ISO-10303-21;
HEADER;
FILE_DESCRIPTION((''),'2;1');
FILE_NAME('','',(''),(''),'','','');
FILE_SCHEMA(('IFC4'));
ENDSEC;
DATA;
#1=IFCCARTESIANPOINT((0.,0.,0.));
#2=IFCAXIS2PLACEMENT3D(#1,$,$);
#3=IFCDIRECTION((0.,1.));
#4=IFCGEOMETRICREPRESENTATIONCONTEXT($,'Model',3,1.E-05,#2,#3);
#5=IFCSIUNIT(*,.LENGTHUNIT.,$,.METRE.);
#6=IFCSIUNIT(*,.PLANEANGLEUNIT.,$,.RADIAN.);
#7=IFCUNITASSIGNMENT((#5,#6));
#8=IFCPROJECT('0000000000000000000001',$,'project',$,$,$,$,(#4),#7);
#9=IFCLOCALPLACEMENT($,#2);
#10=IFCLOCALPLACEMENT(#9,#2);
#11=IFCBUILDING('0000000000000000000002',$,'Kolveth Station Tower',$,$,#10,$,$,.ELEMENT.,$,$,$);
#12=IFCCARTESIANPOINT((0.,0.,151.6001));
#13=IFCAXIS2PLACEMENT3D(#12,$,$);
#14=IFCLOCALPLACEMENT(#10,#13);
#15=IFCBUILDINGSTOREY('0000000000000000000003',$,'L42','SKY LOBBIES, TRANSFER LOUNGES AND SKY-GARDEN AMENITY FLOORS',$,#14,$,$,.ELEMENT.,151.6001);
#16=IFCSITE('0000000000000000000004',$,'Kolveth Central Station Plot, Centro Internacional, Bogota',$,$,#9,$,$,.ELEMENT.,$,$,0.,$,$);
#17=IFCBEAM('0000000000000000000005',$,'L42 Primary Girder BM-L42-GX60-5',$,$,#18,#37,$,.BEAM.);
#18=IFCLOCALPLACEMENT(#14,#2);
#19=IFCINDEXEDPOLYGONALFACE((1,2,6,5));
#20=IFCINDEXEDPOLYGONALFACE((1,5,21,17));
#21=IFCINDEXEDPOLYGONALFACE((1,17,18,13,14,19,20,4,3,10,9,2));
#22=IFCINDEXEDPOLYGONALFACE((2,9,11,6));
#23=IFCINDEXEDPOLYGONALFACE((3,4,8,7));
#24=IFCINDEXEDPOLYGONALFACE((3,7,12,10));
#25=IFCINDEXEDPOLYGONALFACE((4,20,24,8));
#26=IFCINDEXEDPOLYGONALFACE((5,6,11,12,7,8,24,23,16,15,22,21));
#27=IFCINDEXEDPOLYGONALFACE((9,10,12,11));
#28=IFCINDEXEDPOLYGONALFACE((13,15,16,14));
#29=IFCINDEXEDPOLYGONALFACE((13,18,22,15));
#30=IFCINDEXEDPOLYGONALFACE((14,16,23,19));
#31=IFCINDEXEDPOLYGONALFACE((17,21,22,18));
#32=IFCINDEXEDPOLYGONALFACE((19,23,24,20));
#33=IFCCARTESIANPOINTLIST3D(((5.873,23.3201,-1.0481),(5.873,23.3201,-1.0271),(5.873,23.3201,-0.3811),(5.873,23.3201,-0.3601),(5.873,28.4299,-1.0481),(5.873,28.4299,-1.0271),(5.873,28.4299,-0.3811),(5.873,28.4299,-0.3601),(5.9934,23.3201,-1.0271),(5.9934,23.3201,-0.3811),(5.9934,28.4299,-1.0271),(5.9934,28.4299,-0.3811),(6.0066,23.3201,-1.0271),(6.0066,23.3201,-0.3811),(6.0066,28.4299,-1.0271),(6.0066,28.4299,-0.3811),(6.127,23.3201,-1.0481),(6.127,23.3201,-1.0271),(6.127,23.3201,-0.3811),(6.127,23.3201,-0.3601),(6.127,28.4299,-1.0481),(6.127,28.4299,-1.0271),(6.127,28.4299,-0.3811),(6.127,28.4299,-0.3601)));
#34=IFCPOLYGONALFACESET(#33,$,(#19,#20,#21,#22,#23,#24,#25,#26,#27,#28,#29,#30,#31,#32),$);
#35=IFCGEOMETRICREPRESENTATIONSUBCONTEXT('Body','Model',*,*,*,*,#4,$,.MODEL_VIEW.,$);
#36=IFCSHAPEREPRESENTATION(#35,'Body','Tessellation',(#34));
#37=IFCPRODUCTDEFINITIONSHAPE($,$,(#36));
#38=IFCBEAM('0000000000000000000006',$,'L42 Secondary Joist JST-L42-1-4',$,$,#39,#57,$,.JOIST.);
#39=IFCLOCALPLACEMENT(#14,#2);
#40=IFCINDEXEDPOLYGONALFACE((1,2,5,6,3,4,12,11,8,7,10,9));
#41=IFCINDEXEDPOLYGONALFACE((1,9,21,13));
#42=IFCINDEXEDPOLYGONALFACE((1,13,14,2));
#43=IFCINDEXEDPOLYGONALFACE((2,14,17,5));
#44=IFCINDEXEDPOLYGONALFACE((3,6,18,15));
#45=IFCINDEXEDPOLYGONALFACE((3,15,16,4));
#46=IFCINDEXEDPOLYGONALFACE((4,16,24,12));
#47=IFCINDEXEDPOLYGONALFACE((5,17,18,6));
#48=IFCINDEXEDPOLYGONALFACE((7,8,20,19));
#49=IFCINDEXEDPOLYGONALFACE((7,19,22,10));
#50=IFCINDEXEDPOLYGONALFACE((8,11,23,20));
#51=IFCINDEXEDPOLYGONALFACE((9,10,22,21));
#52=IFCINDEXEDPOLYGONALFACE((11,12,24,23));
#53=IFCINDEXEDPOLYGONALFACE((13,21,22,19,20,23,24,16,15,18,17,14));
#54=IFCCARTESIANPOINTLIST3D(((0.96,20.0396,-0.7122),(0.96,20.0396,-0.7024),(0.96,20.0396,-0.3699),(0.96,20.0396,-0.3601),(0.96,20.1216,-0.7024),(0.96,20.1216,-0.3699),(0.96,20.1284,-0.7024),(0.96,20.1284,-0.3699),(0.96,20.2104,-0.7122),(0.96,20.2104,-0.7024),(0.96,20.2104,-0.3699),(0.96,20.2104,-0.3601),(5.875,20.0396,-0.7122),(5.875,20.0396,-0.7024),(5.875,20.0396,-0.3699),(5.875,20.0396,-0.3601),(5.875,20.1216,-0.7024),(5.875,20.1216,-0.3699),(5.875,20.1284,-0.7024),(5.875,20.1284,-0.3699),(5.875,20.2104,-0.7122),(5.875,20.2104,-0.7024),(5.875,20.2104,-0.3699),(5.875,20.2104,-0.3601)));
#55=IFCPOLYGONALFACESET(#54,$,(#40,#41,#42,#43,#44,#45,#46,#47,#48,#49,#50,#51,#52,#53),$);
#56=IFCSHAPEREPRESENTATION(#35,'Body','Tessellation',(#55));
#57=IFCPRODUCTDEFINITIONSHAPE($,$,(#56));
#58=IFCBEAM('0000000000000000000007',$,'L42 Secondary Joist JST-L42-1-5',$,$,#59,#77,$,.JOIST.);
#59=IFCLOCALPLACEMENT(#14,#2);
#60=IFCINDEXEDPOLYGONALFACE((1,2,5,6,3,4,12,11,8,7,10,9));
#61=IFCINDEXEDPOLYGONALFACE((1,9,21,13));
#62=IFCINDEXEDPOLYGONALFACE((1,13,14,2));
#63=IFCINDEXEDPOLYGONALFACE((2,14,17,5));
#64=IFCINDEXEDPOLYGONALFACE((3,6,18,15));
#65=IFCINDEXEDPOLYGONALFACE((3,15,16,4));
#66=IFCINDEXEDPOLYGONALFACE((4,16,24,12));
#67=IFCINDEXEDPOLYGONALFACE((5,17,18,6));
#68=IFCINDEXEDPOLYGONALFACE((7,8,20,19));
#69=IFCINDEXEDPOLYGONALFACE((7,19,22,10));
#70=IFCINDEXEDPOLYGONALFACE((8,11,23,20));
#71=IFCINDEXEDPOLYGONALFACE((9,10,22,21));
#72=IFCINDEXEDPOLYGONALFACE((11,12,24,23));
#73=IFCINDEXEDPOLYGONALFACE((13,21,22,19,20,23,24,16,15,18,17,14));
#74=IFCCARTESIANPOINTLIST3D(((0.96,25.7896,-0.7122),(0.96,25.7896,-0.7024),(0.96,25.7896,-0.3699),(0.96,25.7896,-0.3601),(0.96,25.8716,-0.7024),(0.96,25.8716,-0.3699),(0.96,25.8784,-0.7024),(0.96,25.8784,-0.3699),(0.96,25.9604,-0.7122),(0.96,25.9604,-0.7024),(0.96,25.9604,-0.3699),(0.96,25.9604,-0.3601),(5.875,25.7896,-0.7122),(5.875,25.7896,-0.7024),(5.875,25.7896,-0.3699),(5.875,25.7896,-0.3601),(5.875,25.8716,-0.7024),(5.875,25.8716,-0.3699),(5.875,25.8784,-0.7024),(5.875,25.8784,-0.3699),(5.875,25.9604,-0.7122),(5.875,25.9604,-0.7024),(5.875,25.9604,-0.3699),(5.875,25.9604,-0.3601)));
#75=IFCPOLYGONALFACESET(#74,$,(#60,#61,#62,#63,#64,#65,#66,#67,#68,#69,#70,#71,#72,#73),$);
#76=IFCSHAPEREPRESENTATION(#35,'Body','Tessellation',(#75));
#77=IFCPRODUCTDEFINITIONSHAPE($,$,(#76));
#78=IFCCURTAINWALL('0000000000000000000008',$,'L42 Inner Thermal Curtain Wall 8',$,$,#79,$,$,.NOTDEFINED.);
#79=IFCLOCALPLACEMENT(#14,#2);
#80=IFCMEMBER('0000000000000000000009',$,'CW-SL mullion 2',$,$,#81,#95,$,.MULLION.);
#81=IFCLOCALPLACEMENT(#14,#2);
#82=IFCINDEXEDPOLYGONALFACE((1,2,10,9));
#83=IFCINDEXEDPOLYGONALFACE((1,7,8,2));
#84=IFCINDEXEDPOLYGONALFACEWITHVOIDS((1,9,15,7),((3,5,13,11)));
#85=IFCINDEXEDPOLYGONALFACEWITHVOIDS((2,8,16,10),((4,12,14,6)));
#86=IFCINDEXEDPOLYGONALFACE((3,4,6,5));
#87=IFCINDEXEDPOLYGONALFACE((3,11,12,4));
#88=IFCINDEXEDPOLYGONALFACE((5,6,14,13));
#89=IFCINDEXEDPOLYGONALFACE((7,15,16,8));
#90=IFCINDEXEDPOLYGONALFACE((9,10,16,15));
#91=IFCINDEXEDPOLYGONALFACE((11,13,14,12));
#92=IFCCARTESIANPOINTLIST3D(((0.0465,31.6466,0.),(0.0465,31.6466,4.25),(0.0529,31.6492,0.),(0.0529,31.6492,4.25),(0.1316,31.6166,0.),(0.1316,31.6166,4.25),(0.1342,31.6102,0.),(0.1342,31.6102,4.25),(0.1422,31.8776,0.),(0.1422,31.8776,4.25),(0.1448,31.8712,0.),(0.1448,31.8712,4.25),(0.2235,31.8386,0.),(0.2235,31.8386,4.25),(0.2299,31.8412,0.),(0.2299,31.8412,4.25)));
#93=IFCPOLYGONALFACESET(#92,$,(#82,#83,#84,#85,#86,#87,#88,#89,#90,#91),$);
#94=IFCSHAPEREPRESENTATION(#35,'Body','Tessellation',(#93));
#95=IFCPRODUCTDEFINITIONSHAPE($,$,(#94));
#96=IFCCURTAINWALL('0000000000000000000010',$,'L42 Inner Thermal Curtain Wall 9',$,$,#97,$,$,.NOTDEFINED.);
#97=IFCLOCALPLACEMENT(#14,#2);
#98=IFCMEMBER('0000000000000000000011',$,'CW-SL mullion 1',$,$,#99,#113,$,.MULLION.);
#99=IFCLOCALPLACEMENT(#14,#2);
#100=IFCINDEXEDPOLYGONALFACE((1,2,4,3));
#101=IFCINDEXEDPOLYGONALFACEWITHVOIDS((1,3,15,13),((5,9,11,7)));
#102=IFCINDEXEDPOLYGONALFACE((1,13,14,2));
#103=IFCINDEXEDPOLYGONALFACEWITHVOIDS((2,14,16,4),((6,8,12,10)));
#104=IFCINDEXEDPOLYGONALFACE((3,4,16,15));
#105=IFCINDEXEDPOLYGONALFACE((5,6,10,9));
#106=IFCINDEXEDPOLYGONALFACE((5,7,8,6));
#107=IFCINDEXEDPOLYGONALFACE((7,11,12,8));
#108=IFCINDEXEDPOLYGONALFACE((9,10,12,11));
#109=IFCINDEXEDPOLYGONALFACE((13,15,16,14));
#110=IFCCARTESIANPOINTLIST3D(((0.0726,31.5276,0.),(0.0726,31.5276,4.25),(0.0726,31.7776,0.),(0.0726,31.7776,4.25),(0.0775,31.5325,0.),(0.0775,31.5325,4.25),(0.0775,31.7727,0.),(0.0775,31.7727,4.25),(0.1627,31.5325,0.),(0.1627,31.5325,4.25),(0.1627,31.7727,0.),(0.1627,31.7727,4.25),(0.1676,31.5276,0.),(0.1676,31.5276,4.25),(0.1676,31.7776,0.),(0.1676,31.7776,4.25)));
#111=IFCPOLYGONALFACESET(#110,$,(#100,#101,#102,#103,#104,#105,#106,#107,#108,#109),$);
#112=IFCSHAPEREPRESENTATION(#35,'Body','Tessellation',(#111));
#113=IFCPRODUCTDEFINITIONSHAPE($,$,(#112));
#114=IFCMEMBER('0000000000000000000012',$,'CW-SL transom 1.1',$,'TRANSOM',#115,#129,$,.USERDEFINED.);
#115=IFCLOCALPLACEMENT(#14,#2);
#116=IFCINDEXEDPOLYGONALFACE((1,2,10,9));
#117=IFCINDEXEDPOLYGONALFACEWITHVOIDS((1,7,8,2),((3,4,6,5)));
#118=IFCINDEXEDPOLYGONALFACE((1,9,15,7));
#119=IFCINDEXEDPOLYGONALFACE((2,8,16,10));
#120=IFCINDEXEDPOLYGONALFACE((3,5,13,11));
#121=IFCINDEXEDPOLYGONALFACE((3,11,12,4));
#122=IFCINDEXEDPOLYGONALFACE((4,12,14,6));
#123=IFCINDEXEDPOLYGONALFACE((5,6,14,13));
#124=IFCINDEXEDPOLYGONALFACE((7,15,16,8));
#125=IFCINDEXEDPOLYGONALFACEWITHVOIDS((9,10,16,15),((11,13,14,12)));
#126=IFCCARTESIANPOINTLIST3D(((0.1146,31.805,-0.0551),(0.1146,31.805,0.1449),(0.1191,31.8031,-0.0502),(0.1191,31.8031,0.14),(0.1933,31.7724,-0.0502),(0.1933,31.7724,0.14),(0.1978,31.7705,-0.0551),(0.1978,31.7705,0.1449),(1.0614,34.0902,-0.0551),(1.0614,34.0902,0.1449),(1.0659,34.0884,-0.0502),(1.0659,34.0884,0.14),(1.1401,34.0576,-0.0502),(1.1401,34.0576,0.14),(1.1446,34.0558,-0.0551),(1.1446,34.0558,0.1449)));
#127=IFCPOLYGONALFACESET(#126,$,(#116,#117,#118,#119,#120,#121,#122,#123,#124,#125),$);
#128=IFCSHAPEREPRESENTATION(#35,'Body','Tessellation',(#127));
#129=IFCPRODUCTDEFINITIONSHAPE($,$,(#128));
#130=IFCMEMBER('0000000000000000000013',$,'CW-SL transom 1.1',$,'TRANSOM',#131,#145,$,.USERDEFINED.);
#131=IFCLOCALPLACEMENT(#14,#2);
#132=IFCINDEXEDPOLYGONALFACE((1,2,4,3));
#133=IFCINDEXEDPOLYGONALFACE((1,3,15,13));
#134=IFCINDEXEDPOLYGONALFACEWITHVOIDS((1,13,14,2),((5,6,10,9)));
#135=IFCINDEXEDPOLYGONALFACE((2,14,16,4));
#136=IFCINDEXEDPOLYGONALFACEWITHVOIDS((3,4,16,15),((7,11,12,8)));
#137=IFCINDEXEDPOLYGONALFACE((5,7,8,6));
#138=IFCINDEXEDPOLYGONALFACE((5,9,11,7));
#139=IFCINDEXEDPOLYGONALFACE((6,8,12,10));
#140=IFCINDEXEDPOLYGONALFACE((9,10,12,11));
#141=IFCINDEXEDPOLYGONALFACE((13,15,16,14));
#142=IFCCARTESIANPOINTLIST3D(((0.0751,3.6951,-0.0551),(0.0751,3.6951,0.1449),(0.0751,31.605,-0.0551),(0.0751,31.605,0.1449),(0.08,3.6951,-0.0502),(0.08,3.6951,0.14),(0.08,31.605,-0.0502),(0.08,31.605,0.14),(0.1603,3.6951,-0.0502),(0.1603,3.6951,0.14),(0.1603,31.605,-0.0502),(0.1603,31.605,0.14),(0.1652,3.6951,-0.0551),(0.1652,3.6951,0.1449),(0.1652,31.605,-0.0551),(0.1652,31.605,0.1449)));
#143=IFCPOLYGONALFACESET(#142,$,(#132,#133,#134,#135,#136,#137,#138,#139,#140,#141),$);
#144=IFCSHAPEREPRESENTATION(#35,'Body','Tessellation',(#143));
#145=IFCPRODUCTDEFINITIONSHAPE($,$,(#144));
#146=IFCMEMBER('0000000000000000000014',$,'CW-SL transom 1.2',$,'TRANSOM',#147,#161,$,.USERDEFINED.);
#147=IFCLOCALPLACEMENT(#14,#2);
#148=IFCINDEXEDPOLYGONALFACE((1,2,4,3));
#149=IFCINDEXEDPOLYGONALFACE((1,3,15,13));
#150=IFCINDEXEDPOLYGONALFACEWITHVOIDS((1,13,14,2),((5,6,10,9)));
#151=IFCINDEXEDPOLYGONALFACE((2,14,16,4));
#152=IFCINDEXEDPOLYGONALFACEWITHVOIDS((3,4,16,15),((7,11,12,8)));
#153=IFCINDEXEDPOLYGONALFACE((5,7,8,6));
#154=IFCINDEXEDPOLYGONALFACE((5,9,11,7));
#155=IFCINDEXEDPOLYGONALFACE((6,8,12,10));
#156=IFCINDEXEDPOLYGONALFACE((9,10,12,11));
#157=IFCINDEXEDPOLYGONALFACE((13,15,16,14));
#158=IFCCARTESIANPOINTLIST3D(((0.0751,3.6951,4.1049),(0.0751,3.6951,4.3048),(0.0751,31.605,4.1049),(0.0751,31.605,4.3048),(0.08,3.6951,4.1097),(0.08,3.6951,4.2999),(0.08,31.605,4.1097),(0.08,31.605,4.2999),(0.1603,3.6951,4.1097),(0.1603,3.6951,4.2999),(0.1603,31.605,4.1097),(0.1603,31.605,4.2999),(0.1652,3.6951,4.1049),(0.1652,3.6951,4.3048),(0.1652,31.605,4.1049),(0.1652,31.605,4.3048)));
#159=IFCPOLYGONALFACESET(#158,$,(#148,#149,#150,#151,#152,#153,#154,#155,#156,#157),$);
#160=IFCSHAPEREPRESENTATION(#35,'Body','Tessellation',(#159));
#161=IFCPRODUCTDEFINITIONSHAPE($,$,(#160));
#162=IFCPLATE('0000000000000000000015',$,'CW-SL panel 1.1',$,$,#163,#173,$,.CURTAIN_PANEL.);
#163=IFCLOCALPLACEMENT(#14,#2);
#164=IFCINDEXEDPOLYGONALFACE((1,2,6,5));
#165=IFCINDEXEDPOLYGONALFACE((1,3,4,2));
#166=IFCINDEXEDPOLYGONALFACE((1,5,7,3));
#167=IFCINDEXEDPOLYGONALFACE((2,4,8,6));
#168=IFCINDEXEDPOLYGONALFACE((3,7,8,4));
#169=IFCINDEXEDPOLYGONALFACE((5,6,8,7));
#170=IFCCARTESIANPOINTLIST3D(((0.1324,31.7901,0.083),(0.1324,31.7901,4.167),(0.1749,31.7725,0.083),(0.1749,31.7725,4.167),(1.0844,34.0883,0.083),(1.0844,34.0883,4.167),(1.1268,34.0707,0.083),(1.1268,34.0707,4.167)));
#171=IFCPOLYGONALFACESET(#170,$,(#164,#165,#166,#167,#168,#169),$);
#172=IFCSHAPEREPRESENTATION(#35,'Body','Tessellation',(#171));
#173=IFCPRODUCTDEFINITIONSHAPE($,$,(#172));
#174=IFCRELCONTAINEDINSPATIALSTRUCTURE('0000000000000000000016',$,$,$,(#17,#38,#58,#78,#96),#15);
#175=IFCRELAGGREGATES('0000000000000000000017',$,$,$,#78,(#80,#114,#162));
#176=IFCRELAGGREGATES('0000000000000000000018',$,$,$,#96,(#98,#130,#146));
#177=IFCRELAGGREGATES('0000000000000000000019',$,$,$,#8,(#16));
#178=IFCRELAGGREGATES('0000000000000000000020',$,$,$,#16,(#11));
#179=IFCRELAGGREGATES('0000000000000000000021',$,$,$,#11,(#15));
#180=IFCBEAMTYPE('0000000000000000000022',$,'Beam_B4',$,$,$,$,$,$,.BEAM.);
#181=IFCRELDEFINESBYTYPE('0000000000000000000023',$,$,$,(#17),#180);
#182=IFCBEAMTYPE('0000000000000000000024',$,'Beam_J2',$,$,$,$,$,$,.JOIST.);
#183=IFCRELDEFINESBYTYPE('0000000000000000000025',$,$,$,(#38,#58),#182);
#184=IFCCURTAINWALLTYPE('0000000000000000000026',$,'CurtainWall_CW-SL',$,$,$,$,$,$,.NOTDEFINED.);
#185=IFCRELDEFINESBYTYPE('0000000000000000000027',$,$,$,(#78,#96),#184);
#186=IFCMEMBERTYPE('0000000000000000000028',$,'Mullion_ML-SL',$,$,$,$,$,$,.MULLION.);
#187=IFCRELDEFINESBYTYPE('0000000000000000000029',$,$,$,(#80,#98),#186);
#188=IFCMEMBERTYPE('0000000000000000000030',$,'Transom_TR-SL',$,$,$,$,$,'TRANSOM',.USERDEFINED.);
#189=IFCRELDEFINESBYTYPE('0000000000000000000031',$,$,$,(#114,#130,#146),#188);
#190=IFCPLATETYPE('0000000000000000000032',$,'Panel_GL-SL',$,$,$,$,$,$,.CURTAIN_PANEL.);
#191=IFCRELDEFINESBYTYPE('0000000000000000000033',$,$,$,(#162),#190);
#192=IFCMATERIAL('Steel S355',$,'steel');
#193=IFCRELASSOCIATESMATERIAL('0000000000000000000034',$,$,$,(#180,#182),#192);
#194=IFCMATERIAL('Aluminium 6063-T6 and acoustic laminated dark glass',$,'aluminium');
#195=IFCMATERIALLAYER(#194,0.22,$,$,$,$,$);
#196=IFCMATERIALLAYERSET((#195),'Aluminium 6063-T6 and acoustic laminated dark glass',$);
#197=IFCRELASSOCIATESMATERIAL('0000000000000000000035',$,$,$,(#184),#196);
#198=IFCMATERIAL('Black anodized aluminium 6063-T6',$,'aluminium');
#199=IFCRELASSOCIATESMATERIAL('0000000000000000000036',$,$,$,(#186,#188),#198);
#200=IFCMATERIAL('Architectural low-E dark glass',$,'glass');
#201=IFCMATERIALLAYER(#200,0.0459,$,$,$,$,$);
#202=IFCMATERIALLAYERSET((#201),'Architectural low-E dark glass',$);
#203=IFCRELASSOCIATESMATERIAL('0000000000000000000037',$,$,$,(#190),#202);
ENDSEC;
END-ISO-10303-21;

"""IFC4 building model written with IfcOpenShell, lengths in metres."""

from ifc_helpers import new_model, si_unit, direction, frame, origin, origin_2d, place, context, subcontext, project, spatial, rectangle, hollow_rectangle, i_section, extrude, source, transform, mapped, material, layer, layer_set, material_profile, profile_set, type_object, element, aggregate, save


model = new_model("IFC4")

# Units and contexts
model_context = context("Model", 3, precision=1e-05, world=origin(), true_north=direction((0.0, 1.0)))
body_context = subcontext(model_context, "Body", "Model", "MODEL_VIEW")
ifc_project = project(units=[si_unit("LENGTHUNIT", "METRE"), si_unit("PLANEANGLEUNIT", "RADIAN")], contexts=[model_context])

# Site, building, storey
site_placement = place(None, origin())
site = spatial("IfcSite", under=ifc_project, at=site_placement, Name="Kolveth Central Station Plot, Centro Internacional, Bogota", CompositionType="ELEMENT", RefElevation=0.0)
building_placement = place(site_placement, origin())
building = spatial("IfcBuilding", under=site, at=building_placement, Name="Kolveth Station Tower", CompositionType="ELEMENT")
storey_placement = place(building_placement, frame((0.0, 0.0, 151.6001)))
storey = spatial("IfcBuildingStorey", under=building, at=storey_placement, Name="L42", Description="SKY LOBBIES, TRANSFER LOUNGES AND SKY-GARDEN AMENITY FLOORS", CompositionType="ELEMENT", Elevation=151.6001)

# Shared definitions
ifc_material_1 = material(Name="Steel S355", Category="steel")

# Beams
ifc_material_profile_1 = material_profile(ifc_material_1, i_section(OverallWidth=0.2539, OverallDepth=0.688, WebThickness=0.0132, FlangeThickness=0.021, at=origin_2d()), Name="W690x152")
ifc_profile_set_1 = profile_set([ifc_material_profile_1], Name="Steel S355")
beam_type_1 = type_object("IfcBeamType", Name="Beam_B4", PredefinedType="BEAM", material=ifc_profile_set_1)
shared_shape_1 = source(origin(), body_context, "Body", "SweptSolid", [
    extrude(i_section(OverallWidth=0.2539, OverallDepth=0.688, WebThickness=0.0132, FlangeThickness=0.021, at=origin_2d()), origin(), (0.0, 0.0, 1.0), 5.1099),
])
for number, where, z_axis, x_axis, name in (
    (1, (6.0, 23.3201, -0.7041), (0.0, 1.0, 0.0), (-1.0, 0.0, 0.0), "L42 Primary Girder BM-L42-GX60-5"),
):
    element("IfcBeam", number, at=place(storey_placement, frame(where, z_axis=z_axis, x_axis=x_axis)), inside=storey, type_object=beam_type_1, Name=name, PredefinedType="BEAM", context=body_context, shape_type="MappedRepresentation", body=[
        mapped(shared_shape_1, transform((0.0, 0.0, 0.0), x_axis=(1.0, 0.0, 0.0), y_axis=(0.0, 1.0, 0.0), z_axis=(0.0, 0.0, 1.0), scale=1.0)),
    ])
ifc_material_profile_2 = material_profile(ifc_material_1, i_section(OverallWidth=0.1709, OverallDepth=0.3521, WebThickness=0.0068, FlangeThickness=0.0098, at=origin_2d()), Name="W360x44")
ifc_profile_set_2 = profile_set([ifc_material_profile_2], Name="Steel S355")
beam_type_2 = type_object("IfcBeamType", Name="Beam_J2", PredefinedType="JOIST", material=ifc_profile_set_2)
shared_shape_2 = source(origin(), body_context, "Body", "SweptSolid", [
    extrude(i_section(OverallWidth=0.1709, OverallDepth=0.3521, WebThickness=0.0068, FlangeThickness=0.0098, at=origin_2d()), origin(), (0.0, 0.0, 1.0), 4.915),
])
for number, where, z_axis, x_axis, name in (
    (2, (0.96, 20.125, -0.5361), (1.0, 0.0, 0.0), (0.0, 1.0, 0.0), "L42 Secondary Joist JST-L42-1-4"),
    (3, (0.96, 25.875, -0.5361), (1.0, 0.0, 0.0), (0.0, 1.0, 0.0), "L42 Secondary Joist JST-L42-1-5"),
):
    element("IfcBeam", number, at=place(storey_placement, frame(where, z_axis=z_axis, x_axis=x_axis)), inside=storey, type_object=beam_type_2, Name=name, PredefinedType="JOIST", context=body_context, shape_type="MappedRepresentation", body=[
        mapped(shared_shape_2, transform((0.0, 0.0, 0.0), x_axis=(1.0, 0.0, 0.0), y_axis=(0.0, 1.0, 0.0), z_axis=(0.0, 0.0, 1.0), scale=1.0)),
    ])

# Curtain walls, members
ifc_material_2 = material(Name="Aluminium 6063-T6 and acoustic laminated dark glass", Category="aluminium")
ifc_layer_1 = layer(ifc_material_2, 0.22)
ifc_layer_set_1 = layer_set([ifc_layer_1], Name="Aluminium 6063-T6 and acoustic laminated dark glass")
curtain_wall_type_1 = type_object("IfcCurtainWallType", Name="CurtainWall_CW-SL", PredefinedType="NOTDEFINED", material=ifc_layer_set_1)
curtain_wall_1_placement = place(storey_placement, origin())
curtain_wall_1 = element("IfcCurtainWall", 4, at=curtain_wall_1_placement, inside=storey, type_object=curtain_wall_type_1, Name="L42 Inner Thermal Curtain Wall 8", PredefinedType="NOTDEFINED")
ifc_material_3 = material(Name="Black anodized aluminium 6063-T6", Category="aluminium")
ifc_material_profile_3 = material_profile(ifc_material_3, hollow_rectangle(XDim=0.095, YDim=0.25, WallThickness=0.0049, at=origin_2d()), Name="ALU-95x250x5")
ifc_profile_set_3 = profile_set([ifc_material_profile_3], Name="Black anodized aluminium 6063-T6")
member_type_1 = type_object("IfcMemberType", Name="Mullion_ML-SL", PredefinedType="MULLION", material=ifc_profile_set_3)
shared_shape_3 = source(origin(), body_context, "Body", "SweptSolid", [
    extrude(hollow_rectangle(XDim=0.095, YDim=0.25, WallThickness=0.0049, at=origin_2d()), origin(), (0.0, 0.0, 1.0), 4.25),
])
member_1_placement = place(storey_placement, frame((0.1382, 31.7439, 0.0), z_axis=(0.0, 0.0, 1.0), x_axis=(0.923874, -0.382698, 0.0)))
member_1 = element("IfcMember", 5, at=member_1_placement, type_object=member_type_1, Name="CW-SL mullion 2", PredefinedType="MULLION", context=body_context, shape_type="MappedRepresentation", body=[
    mapped(shared_shape_3, transform((0.0, 0.0, 0.0), x_axis=(1.0, 0.0, 0.0), y_axis=(0.0, 1.0, 0.0), z_axis=(0.0, 0.0, 1.0), scale=1.0)),
])
curtain_wall_2_placement = place(storey_placement, origin())
curtain_wall_2 = element("IfcCurtainWall", 6, at=curtain_wall_2_placement, inside=storey, type_object=curtain_wall_type_1, Name="L42 Inner Thermal Curtain Wall 9", PredefinedType="NOTDEFINED")
member_2_placement = place(storey_placement, frame((0.1201, 31.6526, 0.0), z_axis=(0.0, 0.0, 1.0), x_axis=(1.0, 0.0, 0.0)))
member_2 = element("IfcMember", 7, at=member_2_placement, type_object=member_type_1, Name="CW-SL mullion 1", PredefinedType="MULLION", context=body_context, shape_type="MappedRepresentation", body=[
    mapped(shared_shape_3, transform((0.0, 0.0, 0.0), x_axis=(1.0, 0.0, 0.0), y_axis=(0.0, 1.0, 0.0), z_axis=(0.0, 0.0, 1.0), scale=1.0)),
])

# Members
ifc_material_profile_4 = material_profile(ifc_material_3, hollow_rectangle(XDim=0.0901, YDim=0.2, WallThickness=0.0049, at=origin_2d()), Name="ALU-90x200x5")
ifc_profile_set_4 = profile_set([ifc_material_profile_4], Name="Black anodized aluminium 6063-T6")
member_type_2 = type_object("IfcMemberType", Name="Transom_TR-SL", ElementType="TRANSOM", PredefinedType="USERDEFINED", material=ifc_profile_set_4)
shared_shape_4 = source(origin(), body_context, "Body", "SweptSolid", [
    extrude(hollow_rectangle(XDim=0.0901, YDim=0.2, WallThickness=0.0049, at=origin_2d()), origin(), (0.0, 0.0, 1.0), 2.4736),
])
member_3_placement = place(storey_placement, frame((1.103, 34.073, 0.0449), z_axis=(-0.382764, -0.923846, 0.0), x_axis=(0.923846, -0.382764, 0.0)))
member_3 = element("IfcMember", 8, at=member_3_placement, type_object=member_type_2, Name="CW-SL transom 1.1", ObjectType="TRANSOM", PredefinedType="USERDEFINED", context=body_context, shape_type="MappedRepresentation", body=[
    mapped(shared_shape_4, transform((0.0, 0.0, 0.0), x_axis=(1.0, 0.0, 0.0), y_axis=(0.0, 1.0, 0.0), z_axis=(0.0, 0.0, 1.0), scale=1.0)),
])
shared_shape_5 = source(origin(), body_context, "Body", "SweptSolid", [
    extrude(hollow_rectangle(XDim=0.0901, YDim=0.2, WallThickness=0.0049, at=origin_2d()), origin(), (0.0, 0.0, 1.0), 27.9099),
])
member_4_placement = place(storey_placement, frame((0.1201, 31.605, 0.0449), z_axis=(0.0, -1.0, 0.0), x_axis=(1.0, 0.0, 0.0)))
member_4 = element("IfcMember", 9, at=member_4_placement, type_object=member_type_2, Name="CW-SL transom 1.1", ObjectType="TRANSOM", PredefinedType="USERDEFINED", context=body_context, shape_type="MappedRepresentation", body=[
    mapped(shared_shape_5, transform((0.0, 0.0, 0.0), x_axis=(1.0, 0.0, 0.0), y_axis=(0.0, 1.0, 0.0), z_axis=(0.0, 0.0, 1.0), scale=1.0)),
])
member_5_placement = place(storey_placement, frame((0.1201, 31.605, 4.2048), z_axis=(0.0, -1.0, 0.0), x_axis=(1.0, 0.0, 0.0)))
member_5 = element("IfcMember", 10, at=member_5_placement, type_object=member_type_2, Name="CW-SL transom 1.2", ObjectType="TRANSOM", PredefinedType="USERDEFINED", context=body_context, shape_type="MappedRepresentation", body=[
    mapped(shared_shape_5, transform((0.0, 0.0, 0.0), x_axis=(1.0, 0.0, 0.0), y_axis=(0.0, 1.0, 0.0), z_axis=(0.0, 0.0, 1.0), scale=1.0)),
])

# Plate
ifc_material_4 = material(Name="Architectural low-E dark glass", Category="glass")
ifc_layer_2 = layer(ifc_material_4, 0.0459)
ifc_layer_set_2 = layer_set([ifc_layer_2], Name="Architectural low-E dark glass")
plate_type_1 = type_object("IfcPlateType", Name="Panel_GL-SL", PredefinedType="CURTAIN_PANEL", material=ifc_layer_set_2)
shared_shape_6 = source(origin(), body_context, "Body", "SweptSolid", [
    extrude(rectangle(XDim=2.4875, YDim=0.0459, at=origin_2d()), origin(), (0.0, 0.0, 1.0), 4.084),
])
plate_1_placement = place(storey_placement, frame((0.6296, 32.9304, 0.083), z_axis=(0.0, 0.0, 1.0), x_axis=(-0.382698, -0.923874, 0.0)))
plate_1 = element("IfcPlate", 11, at=plate_1_placement, type_object=plate_type_1, Name="CW-SL panel 1.1", PredefinedType="CURTAIN_PANEL", context=body_context, shape_type="MappedRepresentation", body=[
    mapped(shared_shape_6, transform((0.0, 0.0, 0.0), x_axis=(1.0, 0.0, 0.0), y_axis=(0.0, 1.0, 0.0), z_axis=(0.0, 0.0, 1.0), scale=1.0)),
])
aggregate(curtain_wall_1, [member_1, member_3, plate_1])
aggregate(curtain_wall_2, [member_2, member_4, member_5])

save(model, "model.ifc")
